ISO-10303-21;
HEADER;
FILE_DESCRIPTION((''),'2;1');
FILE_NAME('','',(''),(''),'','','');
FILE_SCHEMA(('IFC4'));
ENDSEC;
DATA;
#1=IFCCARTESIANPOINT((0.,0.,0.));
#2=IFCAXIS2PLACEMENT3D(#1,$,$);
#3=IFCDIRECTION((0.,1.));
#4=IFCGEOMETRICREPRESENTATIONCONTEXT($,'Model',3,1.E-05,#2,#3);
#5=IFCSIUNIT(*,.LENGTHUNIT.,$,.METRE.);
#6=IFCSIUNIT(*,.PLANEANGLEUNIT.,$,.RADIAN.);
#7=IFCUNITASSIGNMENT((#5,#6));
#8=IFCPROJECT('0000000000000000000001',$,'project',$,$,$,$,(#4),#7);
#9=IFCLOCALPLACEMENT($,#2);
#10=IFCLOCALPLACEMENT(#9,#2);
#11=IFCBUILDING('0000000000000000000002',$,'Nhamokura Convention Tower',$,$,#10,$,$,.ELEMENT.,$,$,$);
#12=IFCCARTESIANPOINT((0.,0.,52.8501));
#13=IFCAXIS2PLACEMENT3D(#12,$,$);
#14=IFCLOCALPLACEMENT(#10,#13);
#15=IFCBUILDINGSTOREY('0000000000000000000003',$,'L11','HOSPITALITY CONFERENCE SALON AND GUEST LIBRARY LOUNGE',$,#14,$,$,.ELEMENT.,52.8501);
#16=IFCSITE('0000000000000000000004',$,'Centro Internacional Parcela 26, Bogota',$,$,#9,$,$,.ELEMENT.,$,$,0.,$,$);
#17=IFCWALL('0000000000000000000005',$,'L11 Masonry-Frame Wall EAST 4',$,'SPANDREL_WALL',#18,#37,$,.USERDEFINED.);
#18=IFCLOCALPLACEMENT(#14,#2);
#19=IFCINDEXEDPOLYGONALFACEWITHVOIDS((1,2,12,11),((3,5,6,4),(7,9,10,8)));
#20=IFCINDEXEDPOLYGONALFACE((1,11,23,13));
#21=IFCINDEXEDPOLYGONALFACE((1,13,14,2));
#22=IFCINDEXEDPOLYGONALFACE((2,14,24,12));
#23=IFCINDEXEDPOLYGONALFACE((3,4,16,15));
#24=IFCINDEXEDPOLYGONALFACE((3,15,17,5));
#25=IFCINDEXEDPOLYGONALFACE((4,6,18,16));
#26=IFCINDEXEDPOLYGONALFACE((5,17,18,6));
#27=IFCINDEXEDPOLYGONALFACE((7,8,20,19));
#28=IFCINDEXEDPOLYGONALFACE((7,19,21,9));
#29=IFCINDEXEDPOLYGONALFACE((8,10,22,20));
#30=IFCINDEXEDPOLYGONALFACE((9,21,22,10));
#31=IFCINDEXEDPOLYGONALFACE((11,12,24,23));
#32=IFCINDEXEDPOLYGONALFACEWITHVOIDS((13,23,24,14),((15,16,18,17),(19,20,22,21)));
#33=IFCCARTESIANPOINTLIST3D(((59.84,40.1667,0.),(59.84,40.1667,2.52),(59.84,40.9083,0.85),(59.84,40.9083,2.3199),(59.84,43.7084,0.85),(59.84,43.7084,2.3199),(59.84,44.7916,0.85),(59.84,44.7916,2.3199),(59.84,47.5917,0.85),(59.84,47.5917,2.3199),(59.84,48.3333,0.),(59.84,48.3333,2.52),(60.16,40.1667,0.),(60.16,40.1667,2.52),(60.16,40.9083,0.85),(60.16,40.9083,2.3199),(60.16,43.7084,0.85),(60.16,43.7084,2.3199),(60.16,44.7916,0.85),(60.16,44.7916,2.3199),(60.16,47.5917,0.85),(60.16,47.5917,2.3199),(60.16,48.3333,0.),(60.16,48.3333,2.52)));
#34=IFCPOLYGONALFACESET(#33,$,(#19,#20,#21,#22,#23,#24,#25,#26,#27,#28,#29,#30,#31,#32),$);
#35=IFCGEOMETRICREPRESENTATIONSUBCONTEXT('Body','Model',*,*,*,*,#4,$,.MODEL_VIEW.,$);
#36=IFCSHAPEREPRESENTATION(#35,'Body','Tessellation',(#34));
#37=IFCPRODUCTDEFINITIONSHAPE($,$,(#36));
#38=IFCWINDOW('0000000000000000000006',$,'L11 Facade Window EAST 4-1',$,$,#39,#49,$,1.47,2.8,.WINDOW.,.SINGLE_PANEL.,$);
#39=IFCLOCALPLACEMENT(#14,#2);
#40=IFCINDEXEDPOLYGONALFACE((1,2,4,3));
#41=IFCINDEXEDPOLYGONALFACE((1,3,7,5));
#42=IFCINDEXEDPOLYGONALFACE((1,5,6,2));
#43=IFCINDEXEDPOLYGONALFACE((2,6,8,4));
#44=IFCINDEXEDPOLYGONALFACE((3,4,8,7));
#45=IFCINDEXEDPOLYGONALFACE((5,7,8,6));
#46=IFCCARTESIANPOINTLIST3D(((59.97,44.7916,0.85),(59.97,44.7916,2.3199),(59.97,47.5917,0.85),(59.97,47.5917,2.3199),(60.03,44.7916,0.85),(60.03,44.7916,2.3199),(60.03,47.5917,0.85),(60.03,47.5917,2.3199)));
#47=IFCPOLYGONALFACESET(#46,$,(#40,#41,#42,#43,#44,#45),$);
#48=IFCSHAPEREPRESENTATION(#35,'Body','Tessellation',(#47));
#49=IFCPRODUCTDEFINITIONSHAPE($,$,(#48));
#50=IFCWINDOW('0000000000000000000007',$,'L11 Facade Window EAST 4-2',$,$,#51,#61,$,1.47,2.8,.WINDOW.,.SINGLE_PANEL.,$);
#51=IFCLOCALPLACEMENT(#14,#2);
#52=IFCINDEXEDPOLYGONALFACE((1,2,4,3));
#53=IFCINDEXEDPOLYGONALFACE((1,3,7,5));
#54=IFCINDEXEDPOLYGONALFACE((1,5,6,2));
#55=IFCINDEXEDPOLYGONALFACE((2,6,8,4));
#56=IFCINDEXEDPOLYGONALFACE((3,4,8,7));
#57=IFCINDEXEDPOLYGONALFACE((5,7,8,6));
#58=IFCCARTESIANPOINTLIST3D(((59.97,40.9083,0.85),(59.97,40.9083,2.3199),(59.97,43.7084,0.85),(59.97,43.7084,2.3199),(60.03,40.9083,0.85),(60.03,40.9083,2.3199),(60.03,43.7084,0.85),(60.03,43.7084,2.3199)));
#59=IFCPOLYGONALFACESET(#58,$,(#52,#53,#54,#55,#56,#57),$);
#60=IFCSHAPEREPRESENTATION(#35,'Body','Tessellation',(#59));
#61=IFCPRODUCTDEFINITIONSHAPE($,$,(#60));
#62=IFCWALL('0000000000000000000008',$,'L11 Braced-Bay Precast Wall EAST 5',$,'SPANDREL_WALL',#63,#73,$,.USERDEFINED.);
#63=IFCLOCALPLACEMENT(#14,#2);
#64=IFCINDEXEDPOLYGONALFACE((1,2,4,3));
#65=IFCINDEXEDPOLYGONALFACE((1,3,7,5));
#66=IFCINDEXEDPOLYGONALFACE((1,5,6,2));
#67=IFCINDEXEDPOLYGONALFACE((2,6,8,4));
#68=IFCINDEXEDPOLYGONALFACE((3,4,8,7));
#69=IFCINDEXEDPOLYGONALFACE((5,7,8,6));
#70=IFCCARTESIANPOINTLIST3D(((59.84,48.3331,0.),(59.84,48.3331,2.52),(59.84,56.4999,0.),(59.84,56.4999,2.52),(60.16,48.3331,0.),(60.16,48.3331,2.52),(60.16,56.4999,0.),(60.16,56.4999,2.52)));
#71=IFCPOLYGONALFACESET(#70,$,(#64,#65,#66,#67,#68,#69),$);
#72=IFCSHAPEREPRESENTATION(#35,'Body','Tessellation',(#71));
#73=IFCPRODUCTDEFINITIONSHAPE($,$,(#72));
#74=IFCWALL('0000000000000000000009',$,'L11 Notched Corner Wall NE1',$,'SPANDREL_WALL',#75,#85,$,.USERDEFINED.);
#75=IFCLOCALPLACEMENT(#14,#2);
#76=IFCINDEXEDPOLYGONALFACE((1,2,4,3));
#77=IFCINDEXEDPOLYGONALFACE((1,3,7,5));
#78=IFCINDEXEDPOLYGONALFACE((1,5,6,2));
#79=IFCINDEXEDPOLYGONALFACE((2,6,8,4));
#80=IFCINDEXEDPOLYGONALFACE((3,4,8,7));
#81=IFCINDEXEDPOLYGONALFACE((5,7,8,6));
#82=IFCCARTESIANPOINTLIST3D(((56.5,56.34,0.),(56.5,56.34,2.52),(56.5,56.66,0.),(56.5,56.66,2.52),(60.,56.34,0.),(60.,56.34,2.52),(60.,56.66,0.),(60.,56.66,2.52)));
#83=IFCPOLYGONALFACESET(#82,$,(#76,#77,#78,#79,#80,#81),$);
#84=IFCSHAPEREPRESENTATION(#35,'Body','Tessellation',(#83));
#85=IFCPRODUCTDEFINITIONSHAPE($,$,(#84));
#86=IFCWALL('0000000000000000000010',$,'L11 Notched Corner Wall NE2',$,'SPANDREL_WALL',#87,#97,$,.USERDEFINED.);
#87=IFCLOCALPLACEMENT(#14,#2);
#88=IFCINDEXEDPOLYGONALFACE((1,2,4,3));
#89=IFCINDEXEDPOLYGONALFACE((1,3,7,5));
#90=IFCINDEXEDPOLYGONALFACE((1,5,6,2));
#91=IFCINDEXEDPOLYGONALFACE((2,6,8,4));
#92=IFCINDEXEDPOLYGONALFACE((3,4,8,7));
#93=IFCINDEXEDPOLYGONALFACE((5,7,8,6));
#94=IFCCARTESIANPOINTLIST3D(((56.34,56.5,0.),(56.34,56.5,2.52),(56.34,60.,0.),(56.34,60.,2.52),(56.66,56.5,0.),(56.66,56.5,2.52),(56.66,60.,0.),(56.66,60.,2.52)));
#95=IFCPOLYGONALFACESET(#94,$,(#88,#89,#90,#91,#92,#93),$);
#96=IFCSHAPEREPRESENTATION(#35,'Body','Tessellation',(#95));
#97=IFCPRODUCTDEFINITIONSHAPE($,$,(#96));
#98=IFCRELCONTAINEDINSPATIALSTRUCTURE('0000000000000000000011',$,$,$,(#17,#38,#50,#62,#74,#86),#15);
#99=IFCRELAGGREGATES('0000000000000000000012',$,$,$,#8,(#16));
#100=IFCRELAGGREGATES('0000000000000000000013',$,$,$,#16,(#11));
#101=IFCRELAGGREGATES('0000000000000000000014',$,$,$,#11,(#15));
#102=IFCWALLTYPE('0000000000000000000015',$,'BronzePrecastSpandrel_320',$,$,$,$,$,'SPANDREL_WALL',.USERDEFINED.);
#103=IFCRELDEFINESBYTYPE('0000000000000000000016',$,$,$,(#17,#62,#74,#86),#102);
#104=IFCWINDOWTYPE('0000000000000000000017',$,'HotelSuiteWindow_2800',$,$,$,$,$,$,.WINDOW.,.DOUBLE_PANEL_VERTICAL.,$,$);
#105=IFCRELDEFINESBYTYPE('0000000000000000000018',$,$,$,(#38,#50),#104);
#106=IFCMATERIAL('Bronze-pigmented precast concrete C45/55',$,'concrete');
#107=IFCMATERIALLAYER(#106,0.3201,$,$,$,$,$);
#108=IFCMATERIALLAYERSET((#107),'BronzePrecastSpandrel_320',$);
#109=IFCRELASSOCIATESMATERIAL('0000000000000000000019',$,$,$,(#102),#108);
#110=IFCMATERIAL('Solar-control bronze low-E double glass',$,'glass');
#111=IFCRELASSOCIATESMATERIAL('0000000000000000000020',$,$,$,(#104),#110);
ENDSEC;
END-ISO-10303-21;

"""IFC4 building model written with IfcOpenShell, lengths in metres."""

from ifc_helpers import new_model, si_unit, direction, frame, frame_2d, origin, place, context, subcontext, project, spatial, rectangle, extrude, material, layer, layer_set, type_object, element, fill, save


model = new_model("IFC4")

# Units and contexts
model_context = context("Model", 3, precision=1e-05, world=origin(), true_north=direction((0.0, 1.0)))
body_context = subcontext(model_context, "Body", "Model", "MODEL_VIEW")
ifc_project = project(units=[si_unit("LENGTHUNIT", "METRE"), si_unit("PLANEANGLEUNIT", "RADIAN")], contexts=[model_context])

# Site, building, storey
site_placement = place(None, origin())
site = spatial("IfcSite", under=ifc_project, at=site_placement, Name="Centro Internacional Parcela 26, Bogota", CompositionType="ELEMENT", RefElevation=0.0)
building_placement = place(site_placement, origin())
building = spatial("IfcBuilding", under=site, at=building_placement, Name="Nhamokura Convention Tower", CompositionType="ELEMENT")
storey_placement = place(building_placement, frame((0.0, 0.0, 52.8501)))
storey = spatial("IfcBuildingStorey", under=building, at=storey_placement, Name="L11", Description="HOSPITALITY CONFERENCE SALON AND GUEST LIBRARY LOUNGE", CompositionType="ELEMENT", Elevation=52.8501)

# Shared definitions
ifc_material_1 = material(Name="Bronze-pigmented precast concrete C45/55", Category="concrete")
ifc_layer = layer(ifc_material_1, 0.3201)
ifc_layer_set = layer_set([ifc_layer], Name="BronzePrecastSpandrel_320")
wall_type = type_object("IfcWallType", Name="BronzePrecastSpandrel_320", ElementType="SPANDREL_WALL", PredefinedType="USERDEFINED", material=ifc_layer_set)

# Wall, openings, windows
wall_1_placement = place(storey_placement, frame((60.0, 48.3333, 0.0), z_axis=(0.0, 0.0, 1.0), x_axis=(0.0, -1.0, 0.0)))
wall_1 = element("IfcWall", 1, at=wall_1_placement, inside=storey, type_object=wall_type, Name="L11 Masonry-Frame Wall EAST 4", ObjectType="SPANDREL_WALL", PredefinedType="USERDEFINED", context=body_context, shape_type="SweptSolid", body=[
    extrude(rectangle(XDim=8.1665, YDim=0.3201, at=frame_2d((4.0833, 0.0))), origin(), (0.0, 0.0, 1.0), 2.52),
])
opening_1_placement = place(wall_1_placement, frame((0.7417, 0.0, 0.8501)))
opening_1 = element("IfcOpeningElement", 2, at=opening_1_placement, cuts=wall_1, PredefinedType="OPENING", context=body_context, shape_type="SweptSolid", body=[
    extrude(rectangle(XDim=2.8, YDim=1.47, at=frame_2d((1.3999, 0.7349))), frame((0.0, 0.1699, 0.0), z_axis=(0.0, -1.0, 0.0), x_axis=(1.0, 0.0, 0.0)), (0.0, 0.0, 1.0), 0.3401),
])
opening_2_placement = place(wall_1_placement, frame((4.625, 0.0, 0.8501)))
opening_2 = element("IfcOpeningElement", 3, at=opening_2_placement, cuts=wall_1, PredefinedType="OPENING", context=body_context, shape_type="SweptSolid", body=[
    extrude(rectangle(XDim=2.8, YDim=1.47, at=frame_2d((1.3999, 0.7349))), frame((0.0, 0.1699, 0.0), z_axis=(0.0, -1.0, 0.0), x_axis=(1.0, 0.0, 0.0)), (0.0, 0.0, 1.0), 0.3401),
])
ifc_material_2 = material(Name="Solar-control bronze low-E double glass", Category="glass")
window_type = type_object("IfcWindowType", Name="HotelSuiteWindow_2800", PartitioningType="DOUBLE_PANEL_VERTICAL", PredefinedType="WINDOW", material=ifc_material_2)
window_1_placement = place(opening_1_placement, origin())
window_1 = element("IfcWindow", 4, at=window_1_placement, inside=storey, type_object=window_type, Name="L11 Facade Window EAST 4-1", OverallHeight=1.47, OverallWidth=2.8, PartitioningType="SINGLE_PANEL", PredefinedType="WINDOW", context=body_context, shape_type="SweptSolid", body=[
    extrude(rectangle(XDim=2.8, YDim=1.47, at=frame_2d((1.3999, 0.7349))), frame((0.0, 0.03, 0.0), z_axis=(0.0, -1.0, 0.0), x_axis=(1.0, 0.0, 0.0)), (0.0, 0.0, 1.0), 0.0601),
])
fill(opening_1, window_1)
window_2_placement = place(opening_2_placement, origin())
window_2 = element("IfcWindow", 5, at=window_2_placement, inside=storey, type_object=window_type, Name="L11 Facade Window EAST 4-2", OverallHeight=1.47, OverallWidth=2.8, PartitioningType="SINGLE_PANEL", PredefinedType="WINDOW", context=body_context, shape_type="SweptSolid", body=[
    extrude(rectangle(XDim=2.8, YDim=1.47, at=frame_2d((1.3999, 0.7349))), frame((0.0, 0.03, 0.0), z_axis=(0.0, -1.0, 0.0), x_axis=(1.0, 0.0, 0.0)), (0.0, 0.0, 1.0), 0.0601),
])
fill(opening_2, window_2)

# Walls
wall_2_placement = place(storey_placement, frame((60.0, 56.5, 0.0), z_axis=(0.0, 0.0, 1.0), x_axis=(0.0, -1.0, 0.0)))
element("IfcWall", 6, at=wall_2_placement, inside=storey, type_object=wall_type, Name="L11 Braced-Bay Precast Wall EAST 5", ObjectType="SPANDREL_WALL", PredefinedType="USERDEFINED", context=body_context, shape_type="SweptSolid", body=[
    extrude(rectangle(XDim=8.1667, YDim=0.3201, at=frame_2d((4.0835, 0.0))), origin(), (0.0, 0.0, 1.0), 2.52),
])
for number, where, z_axis, x_axis, name in (
    (7, (56.5, 56.5, 0.0), (0.0, 0.0, 1.0), (1.0, 0.0, 0.0), "L11 Notched Corner Wall NE1"),
    (8, (56.5, 60.0, 0.0), (0.0, 0.0, 1.0), (0.0, -1.0, 0.0), "L11 Notched Corner Wall NE2"),
):
    element("IfcWall", number, at=place(storey_placement, frame(where, z_axis=z_axis, x_axis=x_axis)), inside=storey, type_object=wall_type, Name=name, ObjectType="SPANDREL_WALL", PredefinedType="USERDEFINED", context=body_context, shape_type="SweptSolid", body=[
        extrude(rectangle(XDim=3.5, YDim=0.3201, at=frame_2d((1.75, 0.0))), origin(), (0.0, 0.0, 1.0), 2.52),
    ])

save(model, "model.ifc")
